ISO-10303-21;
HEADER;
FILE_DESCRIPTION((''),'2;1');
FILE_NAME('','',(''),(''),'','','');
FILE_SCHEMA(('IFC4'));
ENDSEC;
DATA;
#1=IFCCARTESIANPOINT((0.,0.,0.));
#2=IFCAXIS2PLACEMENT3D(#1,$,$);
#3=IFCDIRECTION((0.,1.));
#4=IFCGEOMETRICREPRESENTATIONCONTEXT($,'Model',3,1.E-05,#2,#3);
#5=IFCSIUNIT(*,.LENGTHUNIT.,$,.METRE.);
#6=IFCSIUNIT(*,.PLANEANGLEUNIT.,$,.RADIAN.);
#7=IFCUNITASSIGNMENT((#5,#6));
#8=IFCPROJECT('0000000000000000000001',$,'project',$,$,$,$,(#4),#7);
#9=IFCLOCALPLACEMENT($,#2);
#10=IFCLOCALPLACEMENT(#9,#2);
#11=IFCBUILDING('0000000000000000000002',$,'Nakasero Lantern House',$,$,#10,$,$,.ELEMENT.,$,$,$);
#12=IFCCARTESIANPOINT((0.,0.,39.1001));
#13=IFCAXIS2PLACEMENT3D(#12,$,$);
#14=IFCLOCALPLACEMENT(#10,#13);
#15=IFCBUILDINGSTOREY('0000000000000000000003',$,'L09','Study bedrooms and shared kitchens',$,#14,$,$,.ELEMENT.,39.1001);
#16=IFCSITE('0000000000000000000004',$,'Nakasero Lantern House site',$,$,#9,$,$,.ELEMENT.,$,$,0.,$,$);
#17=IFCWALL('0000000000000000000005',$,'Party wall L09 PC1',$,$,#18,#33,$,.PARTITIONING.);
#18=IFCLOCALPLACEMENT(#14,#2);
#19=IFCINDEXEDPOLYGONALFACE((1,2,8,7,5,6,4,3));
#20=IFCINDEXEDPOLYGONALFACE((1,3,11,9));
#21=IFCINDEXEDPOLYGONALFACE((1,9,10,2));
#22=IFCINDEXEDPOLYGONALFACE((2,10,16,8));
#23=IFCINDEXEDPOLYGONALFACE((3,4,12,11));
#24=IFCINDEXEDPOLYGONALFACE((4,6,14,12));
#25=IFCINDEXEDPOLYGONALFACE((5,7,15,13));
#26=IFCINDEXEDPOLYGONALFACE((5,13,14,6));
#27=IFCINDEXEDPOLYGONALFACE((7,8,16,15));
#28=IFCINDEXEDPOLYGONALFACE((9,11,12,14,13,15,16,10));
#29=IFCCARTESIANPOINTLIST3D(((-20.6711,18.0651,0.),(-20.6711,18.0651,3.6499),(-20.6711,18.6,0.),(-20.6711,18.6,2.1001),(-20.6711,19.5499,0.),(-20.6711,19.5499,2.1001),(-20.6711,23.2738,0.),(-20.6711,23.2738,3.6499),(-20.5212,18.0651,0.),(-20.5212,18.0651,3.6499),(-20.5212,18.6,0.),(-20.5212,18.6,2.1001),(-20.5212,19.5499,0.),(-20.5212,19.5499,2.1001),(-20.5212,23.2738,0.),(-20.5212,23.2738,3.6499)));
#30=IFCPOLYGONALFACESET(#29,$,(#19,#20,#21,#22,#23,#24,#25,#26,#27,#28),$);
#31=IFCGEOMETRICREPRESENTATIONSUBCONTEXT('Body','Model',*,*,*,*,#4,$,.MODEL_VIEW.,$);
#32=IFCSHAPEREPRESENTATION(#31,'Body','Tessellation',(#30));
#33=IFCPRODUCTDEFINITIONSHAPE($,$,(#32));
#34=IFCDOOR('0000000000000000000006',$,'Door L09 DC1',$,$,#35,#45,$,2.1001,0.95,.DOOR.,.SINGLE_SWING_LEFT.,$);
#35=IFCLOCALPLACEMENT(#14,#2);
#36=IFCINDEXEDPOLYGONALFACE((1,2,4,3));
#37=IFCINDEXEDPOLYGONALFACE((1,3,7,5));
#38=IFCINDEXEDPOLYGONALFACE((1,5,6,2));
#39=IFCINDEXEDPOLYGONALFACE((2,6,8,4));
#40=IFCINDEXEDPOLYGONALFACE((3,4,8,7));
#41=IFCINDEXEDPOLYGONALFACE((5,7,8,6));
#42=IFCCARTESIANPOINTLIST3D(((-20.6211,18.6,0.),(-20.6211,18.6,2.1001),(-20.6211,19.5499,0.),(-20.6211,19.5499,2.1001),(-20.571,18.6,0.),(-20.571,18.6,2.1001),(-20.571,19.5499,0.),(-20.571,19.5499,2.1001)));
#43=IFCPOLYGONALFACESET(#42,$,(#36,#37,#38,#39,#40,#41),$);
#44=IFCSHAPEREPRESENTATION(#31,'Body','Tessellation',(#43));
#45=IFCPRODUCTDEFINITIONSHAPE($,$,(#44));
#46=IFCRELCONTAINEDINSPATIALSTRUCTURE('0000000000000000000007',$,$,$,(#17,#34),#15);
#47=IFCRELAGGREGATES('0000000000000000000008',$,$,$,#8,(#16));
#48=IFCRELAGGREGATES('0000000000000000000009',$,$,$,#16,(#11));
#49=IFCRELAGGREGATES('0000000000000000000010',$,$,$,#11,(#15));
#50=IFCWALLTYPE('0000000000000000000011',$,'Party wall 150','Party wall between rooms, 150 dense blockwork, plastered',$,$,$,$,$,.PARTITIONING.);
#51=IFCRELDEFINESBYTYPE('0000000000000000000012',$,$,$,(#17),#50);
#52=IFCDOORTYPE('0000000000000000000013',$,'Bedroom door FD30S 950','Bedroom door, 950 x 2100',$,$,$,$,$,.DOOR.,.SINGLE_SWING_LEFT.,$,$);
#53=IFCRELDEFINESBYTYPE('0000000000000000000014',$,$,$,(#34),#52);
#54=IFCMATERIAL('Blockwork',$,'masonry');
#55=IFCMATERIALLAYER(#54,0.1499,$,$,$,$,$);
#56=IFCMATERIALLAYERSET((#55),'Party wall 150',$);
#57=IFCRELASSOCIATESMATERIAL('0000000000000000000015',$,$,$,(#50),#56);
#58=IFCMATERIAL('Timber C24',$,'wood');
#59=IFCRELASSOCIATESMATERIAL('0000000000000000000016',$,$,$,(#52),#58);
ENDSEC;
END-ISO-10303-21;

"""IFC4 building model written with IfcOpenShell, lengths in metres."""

from ifc_helpers import new_model, si_unit, direction, frame, frame_2d, origin, place, context, subcontext, project, spatial, rectangle, extrude, material, layer, layer_set, type_object, element, fill, save


model = new_model("IFC4")

# Units and contexts
model_context = context("Model", 3, precision=1e-05, world=origin(), true_north=direction((0.0, 1.0)))
body_context = subcontext(model_context, "Body", "Model", "MODEL_VIEW")
ifc_project = project(units=[si_unit("LENGTHUNIT", "METRE"), si_unit("PLANEANGLEUNIT", "RADIAN")], contexts=[model_context])

# Site, building, storey
site_placement = place(None, origin())
site = spatial("IfcSite", under=ifc_project, at=site_placement, Name="Nakasero Lantern House site", CompositionType="ELEMENT", RefElevation=0.0)
building_placement = place(site_placement, origin())
building = spatial("IfcBuilding", under=site, at=building_placement, Name="Nakasero Lantern House", CompositionType="ELEMENT")
storey_placement = place(building_placement, frame((0.0, 0.0, 39.1001)))
storey = spatial("IfcBuildingStorey", under=building, at=storey_placement, Name="L09", Description="Study bedrooms and shared kitchens", CompositionType="ELEMENT", Elevation=39.1001)

# Wall, opening, door
ifc_material_1 = material(Name="Blockwork", Category="masonry")
ifc_layer_1 = layer(ifc_material_1, 0.1499)
ifc_layer_set_1 = layer_set([ifc_layer_1], Name="Party wall 150")
wall_type_1 = type_object("IfcWallType", Name="Party wall 150", Description="Party wall between rooms, 150 dense blockwork, plastered", PredefinedType="PARTITIONING", material=ifc_layer_set_1)
wall_1_placement = place(storey_placement, frame((-20.5962, 18.0649, 0.0), z_axis=(0.0, 0.0, 1.0), x_axis=(0.0, 1.0, 0.0)))
wall_1 = element("IfcWall", 1, at=wall_1_placement, inside=storey, type_object=wall_type_1, Name="Party wall L09 PC1", PredefinedType="PARTITIONING", context=body_context, shape_type="SweptSolid", body=[
    extrude(rectangle(XDim=5.2087, YDim=0.1499, at=frame_2d((2.6045, 0.0))), origin(), (0.0, 0.0, 1.0), 3.6499),
])
opening_1_placement = place(wall_1_placement, frame((0.5349, 0.0, 0.0)))
opening_1 = element("IfcOpeningElement", 2, at=opening_1_placement, cuts=wall_1, PredefinedType="OPENING", context=body_context, shape_type="SweptSolid", body=[
    extrude(rectangle(XDim=0.95, YDim=2.1001, at=frame_2d((0.4751, 1.05))), frame((0.0, 0.095, 0.0), z_axis=(0.0, -1.0, 0.0), x_axis=(1.0, 0.0, 0.0)), (0.0, 0.0, 1.0), 0.1899),
])
ifc_material_2 = material(Name="Timber C24", Category="wood")
door_type_1 = type_object("IfcDoorType", Name="Bedroom door FD30S 950", Description="Bedroom door, 950 x 2100", OperationType="SINGLE_SWING_LEFT", PredefinedType="DOOR", material=ifc_material_2)
door_1_placement = place(opening_1_placement, origin())
door_1 = element("IfcDoor", 3, at=door_1_placement, inside=storey, type_object=door_type_1, Name="Door L09 DC1", OperationType="SINGLE_SWING_LEFT", OverallHeight=2.1001, OverallWidth=0.95, PredefinedType="DOOR", context=body_context, shape_type="SweptSolid", body=[
    extrude(rectangle(XDim=0.95, YDim=2.1001, at=frame_2d((0.4751, 1.05))), frame((0.0, 0.0249, 0.0), z_axis=(0.0, -1.0, 0.0), x_axis=(1.0, 0.0, 0.0)), (0.0, 0.0, 1.0), 0.05),
])
fill(opening_1, door_1)

save(model, "model.ifc")
